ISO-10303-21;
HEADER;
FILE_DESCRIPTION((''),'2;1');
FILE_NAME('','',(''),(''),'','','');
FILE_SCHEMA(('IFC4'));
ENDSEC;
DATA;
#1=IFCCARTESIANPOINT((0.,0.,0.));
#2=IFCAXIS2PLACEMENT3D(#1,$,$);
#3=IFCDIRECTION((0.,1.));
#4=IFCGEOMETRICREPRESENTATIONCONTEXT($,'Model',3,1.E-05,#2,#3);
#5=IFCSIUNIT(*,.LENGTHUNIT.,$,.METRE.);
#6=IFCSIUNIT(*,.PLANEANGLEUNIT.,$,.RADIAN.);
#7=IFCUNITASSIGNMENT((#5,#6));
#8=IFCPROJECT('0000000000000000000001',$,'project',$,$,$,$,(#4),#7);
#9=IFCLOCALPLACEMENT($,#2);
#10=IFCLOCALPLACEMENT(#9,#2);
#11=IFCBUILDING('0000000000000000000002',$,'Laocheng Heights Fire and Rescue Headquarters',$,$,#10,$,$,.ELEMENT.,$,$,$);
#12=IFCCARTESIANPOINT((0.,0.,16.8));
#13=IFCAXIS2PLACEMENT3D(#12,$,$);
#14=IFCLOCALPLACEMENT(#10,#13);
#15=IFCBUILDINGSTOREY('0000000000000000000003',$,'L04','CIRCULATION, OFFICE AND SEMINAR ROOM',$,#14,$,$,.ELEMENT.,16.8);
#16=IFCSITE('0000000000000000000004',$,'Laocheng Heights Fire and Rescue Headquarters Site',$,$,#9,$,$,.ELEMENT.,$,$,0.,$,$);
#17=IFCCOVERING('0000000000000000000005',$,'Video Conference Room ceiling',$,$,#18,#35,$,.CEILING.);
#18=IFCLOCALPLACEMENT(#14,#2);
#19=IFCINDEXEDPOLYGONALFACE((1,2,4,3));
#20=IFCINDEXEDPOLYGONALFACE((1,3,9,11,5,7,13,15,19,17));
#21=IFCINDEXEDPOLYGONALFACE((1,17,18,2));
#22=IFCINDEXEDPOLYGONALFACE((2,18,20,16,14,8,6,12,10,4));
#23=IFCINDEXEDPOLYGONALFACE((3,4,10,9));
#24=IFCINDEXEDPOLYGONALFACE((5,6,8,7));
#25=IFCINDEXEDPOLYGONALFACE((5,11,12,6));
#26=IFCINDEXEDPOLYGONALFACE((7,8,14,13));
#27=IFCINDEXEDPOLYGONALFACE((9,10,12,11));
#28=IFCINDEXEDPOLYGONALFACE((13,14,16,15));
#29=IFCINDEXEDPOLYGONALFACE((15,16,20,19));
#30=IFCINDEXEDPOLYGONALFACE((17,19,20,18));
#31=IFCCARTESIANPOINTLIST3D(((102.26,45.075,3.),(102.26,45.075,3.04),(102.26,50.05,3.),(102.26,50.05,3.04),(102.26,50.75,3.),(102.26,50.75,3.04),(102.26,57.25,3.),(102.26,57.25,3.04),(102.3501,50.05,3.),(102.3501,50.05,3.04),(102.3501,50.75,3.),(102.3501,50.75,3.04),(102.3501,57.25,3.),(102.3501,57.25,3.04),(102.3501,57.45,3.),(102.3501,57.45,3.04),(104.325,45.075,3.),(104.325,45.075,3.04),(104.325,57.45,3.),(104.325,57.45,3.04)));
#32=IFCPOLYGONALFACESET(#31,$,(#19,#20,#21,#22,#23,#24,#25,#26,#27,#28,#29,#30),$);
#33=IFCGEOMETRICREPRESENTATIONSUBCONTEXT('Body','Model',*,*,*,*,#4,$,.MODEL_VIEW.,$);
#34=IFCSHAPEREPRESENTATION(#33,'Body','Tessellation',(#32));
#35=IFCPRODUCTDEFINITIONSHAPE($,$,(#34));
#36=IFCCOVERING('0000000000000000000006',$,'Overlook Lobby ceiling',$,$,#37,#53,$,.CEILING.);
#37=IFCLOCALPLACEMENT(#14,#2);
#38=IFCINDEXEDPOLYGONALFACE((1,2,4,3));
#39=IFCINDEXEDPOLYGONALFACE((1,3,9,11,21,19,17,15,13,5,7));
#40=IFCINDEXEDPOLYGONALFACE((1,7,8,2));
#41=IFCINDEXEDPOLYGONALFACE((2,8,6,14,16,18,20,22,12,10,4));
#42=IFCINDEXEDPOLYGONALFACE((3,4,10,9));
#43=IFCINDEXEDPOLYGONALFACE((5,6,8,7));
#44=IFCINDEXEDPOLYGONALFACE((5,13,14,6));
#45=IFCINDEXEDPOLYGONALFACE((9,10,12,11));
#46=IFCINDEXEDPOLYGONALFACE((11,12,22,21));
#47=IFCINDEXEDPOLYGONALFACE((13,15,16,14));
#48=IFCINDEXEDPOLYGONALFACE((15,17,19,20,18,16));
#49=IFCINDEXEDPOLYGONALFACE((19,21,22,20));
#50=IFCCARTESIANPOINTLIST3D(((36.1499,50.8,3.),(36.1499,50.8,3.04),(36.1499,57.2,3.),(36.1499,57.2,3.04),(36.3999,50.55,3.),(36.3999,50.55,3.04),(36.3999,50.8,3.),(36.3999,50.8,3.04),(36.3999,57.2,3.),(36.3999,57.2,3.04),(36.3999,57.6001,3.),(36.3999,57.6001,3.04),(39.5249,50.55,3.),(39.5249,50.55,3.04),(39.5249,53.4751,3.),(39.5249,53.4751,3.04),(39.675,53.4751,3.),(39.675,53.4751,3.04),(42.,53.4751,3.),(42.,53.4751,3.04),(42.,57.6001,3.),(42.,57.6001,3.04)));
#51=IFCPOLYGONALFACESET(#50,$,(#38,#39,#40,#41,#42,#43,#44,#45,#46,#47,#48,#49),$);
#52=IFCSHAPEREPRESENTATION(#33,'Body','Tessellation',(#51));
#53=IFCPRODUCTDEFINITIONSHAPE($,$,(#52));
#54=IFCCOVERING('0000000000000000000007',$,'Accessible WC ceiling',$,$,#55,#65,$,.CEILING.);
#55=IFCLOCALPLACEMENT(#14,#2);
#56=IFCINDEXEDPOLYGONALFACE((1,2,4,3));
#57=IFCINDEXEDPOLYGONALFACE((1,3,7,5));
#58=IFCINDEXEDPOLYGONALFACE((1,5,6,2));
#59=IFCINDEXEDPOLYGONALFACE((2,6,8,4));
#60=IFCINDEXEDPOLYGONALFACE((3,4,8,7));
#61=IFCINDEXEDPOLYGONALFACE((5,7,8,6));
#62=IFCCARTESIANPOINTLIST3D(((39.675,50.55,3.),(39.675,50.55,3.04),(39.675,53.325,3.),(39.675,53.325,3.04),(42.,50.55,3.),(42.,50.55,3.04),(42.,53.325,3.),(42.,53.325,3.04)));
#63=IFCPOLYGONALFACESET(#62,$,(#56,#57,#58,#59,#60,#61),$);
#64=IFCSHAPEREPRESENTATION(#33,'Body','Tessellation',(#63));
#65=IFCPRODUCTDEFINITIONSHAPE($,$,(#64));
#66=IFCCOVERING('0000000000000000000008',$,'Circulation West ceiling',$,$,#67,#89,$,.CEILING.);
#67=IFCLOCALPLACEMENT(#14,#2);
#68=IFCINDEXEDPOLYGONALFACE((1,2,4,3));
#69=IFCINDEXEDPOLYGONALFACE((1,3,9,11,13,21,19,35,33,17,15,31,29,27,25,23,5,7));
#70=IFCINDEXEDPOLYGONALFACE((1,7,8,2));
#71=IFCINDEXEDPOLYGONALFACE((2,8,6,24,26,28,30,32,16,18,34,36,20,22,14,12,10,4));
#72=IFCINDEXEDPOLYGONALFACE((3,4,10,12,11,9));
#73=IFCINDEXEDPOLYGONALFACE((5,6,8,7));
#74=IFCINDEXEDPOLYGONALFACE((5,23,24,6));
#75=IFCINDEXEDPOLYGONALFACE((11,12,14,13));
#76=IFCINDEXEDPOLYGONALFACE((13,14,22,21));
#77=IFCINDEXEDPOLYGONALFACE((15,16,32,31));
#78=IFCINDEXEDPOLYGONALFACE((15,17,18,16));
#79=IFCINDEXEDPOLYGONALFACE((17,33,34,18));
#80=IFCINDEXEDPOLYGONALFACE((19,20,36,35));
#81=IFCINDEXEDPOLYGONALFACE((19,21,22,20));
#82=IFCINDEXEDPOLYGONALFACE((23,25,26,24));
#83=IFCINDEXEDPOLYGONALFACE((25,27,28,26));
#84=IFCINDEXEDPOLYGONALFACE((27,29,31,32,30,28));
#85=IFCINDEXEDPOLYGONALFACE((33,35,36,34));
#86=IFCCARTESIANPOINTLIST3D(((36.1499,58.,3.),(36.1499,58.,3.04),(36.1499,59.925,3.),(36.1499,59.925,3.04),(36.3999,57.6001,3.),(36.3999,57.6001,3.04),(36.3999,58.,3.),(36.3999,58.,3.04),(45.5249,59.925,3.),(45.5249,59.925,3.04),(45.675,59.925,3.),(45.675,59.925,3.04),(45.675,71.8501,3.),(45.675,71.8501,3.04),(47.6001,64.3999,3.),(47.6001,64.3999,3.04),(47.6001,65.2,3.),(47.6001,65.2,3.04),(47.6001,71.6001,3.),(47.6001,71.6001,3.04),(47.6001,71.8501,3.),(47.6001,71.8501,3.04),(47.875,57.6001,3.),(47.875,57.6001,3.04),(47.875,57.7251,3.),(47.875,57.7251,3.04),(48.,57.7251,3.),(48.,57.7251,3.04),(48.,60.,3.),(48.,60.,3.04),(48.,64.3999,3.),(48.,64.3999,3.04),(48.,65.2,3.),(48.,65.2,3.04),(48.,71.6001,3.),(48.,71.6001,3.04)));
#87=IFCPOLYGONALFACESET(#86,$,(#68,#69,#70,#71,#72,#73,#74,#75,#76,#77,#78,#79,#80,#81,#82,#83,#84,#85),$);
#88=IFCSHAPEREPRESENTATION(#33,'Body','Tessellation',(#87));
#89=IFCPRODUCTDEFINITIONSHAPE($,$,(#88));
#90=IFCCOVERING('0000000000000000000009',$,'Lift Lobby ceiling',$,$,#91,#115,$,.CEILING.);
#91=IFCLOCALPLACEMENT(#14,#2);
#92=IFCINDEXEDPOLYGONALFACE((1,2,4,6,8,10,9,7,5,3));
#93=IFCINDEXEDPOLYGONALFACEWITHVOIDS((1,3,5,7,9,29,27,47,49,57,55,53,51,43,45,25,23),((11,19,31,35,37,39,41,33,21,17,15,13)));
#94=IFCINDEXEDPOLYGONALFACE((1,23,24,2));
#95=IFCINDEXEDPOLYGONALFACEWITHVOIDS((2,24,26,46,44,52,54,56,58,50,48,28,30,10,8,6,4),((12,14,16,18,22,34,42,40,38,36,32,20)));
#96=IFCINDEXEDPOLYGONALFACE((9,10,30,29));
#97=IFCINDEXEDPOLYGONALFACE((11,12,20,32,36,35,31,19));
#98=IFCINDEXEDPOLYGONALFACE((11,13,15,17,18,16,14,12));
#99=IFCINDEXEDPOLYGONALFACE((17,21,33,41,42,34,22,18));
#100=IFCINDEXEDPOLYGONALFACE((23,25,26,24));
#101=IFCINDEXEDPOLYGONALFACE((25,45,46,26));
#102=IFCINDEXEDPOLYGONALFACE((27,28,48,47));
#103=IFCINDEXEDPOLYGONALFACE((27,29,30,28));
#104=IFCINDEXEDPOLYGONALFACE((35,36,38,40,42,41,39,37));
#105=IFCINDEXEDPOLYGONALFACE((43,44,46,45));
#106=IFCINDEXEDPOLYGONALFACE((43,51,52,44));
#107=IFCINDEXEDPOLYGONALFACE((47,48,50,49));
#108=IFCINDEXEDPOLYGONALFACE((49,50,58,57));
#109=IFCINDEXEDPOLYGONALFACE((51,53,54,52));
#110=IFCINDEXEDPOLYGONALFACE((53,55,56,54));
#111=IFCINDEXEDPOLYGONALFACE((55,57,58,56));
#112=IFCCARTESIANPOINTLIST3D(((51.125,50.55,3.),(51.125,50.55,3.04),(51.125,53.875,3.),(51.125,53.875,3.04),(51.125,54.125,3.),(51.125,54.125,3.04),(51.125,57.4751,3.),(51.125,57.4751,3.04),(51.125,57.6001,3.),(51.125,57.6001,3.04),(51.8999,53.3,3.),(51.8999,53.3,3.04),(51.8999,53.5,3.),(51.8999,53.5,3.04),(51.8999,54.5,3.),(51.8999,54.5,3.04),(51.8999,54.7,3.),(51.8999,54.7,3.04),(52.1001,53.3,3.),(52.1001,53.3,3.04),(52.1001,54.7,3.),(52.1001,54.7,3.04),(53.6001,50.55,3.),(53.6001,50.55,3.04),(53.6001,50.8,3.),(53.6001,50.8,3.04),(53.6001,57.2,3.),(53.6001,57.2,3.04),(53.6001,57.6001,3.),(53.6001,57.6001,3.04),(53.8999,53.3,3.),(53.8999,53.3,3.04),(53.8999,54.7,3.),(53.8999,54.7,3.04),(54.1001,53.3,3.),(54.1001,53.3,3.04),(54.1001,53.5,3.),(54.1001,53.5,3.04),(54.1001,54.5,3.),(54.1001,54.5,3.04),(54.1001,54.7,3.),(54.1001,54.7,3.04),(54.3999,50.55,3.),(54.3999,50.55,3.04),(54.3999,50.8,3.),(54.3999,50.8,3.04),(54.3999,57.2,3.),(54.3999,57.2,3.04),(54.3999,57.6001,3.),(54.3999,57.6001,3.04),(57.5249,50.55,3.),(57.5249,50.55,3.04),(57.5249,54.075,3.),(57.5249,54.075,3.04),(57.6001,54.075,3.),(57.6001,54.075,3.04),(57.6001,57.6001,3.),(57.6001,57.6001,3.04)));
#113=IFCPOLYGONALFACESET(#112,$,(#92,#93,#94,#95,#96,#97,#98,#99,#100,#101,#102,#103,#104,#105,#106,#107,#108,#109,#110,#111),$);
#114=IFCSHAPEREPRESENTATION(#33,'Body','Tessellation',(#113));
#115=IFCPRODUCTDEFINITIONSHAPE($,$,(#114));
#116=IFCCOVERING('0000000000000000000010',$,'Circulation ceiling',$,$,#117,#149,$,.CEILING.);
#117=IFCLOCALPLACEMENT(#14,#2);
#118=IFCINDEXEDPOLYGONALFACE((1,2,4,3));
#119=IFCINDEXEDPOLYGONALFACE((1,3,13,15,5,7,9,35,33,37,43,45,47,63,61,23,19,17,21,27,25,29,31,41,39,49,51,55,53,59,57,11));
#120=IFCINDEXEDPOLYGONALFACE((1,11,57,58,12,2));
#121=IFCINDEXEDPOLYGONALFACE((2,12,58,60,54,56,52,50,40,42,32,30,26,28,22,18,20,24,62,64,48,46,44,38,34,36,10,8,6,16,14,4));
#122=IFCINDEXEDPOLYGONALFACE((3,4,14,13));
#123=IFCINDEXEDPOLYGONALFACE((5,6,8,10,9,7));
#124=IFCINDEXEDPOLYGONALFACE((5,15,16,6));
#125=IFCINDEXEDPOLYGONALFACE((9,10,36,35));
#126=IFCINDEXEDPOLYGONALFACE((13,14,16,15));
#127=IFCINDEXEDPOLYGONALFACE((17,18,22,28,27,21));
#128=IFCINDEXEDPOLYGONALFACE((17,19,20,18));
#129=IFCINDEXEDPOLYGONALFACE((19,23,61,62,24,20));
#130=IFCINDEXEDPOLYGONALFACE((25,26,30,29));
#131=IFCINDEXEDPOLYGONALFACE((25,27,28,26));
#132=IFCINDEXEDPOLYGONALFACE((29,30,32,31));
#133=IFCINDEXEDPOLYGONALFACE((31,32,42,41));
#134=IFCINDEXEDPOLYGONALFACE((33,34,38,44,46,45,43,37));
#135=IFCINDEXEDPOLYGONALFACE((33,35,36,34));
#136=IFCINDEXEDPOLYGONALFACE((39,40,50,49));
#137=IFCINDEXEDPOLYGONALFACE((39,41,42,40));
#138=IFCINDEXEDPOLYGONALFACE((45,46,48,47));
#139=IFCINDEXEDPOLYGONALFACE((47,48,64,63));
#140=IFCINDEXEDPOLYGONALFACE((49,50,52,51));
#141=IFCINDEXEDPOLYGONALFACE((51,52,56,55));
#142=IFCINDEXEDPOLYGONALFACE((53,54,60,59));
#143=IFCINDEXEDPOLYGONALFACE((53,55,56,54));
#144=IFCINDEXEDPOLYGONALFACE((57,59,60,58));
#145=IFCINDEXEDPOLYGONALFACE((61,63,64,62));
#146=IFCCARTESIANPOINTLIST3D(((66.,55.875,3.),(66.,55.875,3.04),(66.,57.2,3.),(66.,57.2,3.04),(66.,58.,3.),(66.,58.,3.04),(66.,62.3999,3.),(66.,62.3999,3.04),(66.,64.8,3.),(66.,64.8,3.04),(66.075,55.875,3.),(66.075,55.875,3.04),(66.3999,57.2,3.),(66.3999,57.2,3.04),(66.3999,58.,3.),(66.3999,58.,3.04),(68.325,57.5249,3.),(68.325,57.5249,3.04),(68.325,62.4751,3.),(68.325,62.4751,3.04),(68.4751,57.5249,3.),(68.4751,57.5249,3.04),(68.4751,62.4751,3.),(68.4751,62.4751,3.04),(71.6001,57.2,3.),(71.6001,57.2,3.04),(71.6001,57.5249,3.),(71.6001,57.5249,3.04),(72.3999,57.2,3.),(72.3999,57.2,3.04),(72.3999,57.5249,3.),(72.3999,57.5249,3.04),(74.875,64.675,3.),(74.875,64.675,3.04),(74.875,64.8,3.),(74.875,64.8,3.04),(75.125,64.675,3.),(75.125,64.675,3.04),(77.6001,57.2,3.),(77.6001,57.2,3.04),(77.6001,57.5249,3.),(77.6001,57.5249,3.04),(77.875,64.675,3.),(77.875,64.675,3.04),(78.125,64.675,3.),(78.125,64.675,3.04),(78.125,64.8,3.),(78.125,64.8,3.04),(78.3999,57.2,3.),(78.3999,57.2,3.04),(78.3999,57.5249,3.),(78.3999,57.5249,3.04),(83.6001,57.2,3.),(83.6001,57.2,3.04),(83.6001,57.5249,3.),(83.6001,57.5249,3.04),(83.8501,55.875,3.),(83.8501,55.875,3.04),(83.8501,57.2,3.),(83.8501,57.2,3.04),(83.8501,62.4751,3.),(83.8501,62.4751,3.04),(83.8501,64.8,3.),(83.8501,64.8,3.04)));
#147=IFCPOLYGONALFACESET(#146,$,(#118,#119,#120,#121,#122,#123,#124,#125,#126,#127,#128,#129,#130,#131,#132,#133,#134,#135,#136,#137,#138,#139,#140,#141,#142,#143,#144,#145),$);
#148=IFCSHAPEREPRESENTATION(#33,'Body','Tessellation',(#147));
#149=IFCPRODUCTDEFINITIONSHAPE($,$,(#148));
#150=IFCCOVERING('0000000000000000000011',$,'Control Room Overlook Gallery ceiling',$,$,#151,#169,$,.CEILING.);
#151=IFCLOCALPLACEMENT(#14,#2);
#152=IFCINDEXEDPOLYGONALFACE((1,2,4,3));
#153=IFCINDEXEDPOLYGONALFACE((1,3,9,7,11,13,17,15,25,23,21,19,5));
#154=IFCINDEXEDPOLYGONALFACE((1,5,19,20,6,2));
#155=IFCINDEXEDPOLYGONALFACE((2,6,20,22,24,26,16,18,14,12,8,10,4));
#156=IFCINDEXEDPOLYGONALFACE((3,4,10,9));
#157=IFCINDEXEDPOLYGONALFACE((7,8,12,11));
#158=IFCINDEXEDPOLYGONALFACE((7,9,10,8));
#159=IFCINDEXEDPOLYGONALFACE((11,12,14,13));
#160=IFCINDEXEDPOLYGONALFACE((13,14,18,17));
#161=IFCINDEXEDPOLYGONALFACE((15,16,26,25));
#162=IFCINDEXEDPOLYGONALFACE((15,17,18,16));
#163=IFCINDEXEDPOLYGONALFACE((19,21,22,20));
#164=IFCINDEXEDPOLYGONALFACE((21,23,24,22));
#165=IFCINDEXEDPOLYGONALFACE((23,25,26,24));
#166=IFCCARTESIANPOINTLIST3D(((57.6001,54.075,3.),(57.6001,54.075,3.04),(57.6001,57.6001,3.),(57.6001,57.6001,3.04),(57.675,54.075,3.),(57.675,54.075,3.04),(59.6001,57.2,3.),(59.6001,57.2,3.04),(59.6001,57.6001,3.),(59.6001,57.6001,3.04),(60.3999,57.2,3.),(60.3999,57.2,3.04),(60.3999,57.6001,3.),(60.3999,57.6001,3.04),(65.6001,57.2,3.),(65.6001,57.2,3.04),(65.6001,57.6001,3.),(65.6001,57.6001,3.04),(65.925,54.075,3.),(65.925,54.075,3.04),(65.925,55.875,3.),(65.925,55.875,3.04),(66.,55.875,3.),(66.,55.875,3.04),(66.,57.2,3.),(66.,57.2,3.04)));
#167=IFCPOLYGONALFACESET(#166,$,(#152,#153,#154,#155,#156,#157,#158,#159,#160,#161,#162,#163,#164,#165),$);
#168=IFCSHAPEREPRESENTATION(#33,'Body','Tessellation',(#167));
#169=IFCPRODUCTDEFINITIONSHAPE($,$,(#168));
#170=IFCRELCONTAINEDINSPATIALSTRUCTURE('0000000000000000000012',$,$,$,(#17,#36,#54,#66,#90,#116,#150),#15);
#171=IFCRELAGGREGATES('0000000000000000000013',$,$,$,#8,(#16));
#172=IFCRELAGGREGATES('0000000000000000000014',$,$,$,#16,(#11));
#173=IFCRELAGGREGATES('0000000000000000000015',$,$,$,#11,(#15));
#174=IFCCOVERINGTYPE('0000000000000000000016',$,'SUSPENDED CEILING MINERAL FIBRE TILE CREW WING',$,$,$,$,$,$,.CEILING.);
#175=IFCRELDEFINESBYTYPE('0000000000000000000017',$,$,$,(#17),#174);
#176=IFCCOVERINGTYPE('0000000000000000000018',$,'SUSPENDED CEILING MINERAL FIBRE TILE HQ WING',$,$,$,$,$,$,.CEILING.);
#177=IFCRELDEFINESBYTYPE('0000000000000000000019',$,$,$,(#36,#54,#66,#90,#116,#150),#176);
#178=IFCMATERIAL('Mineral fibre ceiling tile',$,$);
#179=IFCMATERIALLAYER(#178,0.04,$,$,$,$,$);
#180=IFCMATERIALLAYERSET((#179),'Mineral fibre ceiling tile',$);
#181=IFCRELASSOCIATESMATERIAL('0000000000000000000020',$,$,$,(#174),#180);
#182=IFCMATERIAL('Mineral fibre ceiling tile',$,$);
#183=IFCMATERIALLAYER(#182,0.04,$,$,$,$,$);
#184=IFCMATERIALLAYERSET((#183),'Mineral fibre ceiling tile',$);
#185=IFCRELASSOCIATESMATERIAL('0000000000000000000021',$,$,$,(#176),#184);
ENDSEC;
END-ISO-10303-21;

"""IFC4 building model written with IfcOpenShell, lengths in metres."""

from ifc_helpers import new_model, si_unit, direction, frame, origin, place, context, subcontext, project, spatial, polyline, outline, extrude, material, layer, layer_set, type_object, element, save


model = new_model("IFC4")

# Units and contexts
model_context = context("Model", 3, precision=1e-05, world=origin(), true_north=direction((0.0, 1.0)))
body_context = subcontext(model_context, "Body", "Model", "MODEL_VIEW")
ifc_project = project(units=[si_unit("LENGTHUNIT", "METRE"), si_unit("PLANEANGLEUNIT", "RADIAN")], contexts=[model_context])

# Site, building, storey
site_placement = place(None, origin())
site = spatial("IfcSite", under=ifc_project, at=site_placement, Name="Laocheng Heights Fire and Rescue Headquarters Site", CompositionType="ELEMENT", RefElevation=0.0)
building_placement = place(site_placement, origin())
building = spatial("IfcBuilding", under=site, at=building_placement, Name="Laocheng Heights Fire and Rescue Headquarters", CompositionType="ELEMENT")
storey_placement = place(building_placement, frame((0.0, 0.0, 16.8)))
storey = spatial("IfcBuildingStorey", under=building, at=storey_placement, Name="L04", Description="CIRCULATION, OFFICE AND SEMINAR ROOM", CompositionType="ELEMENT", Elevation=16.8)

# Coverings
ifc_material_1 = material(Name="Mineral fibre ceiling tile")
ifc_layer_1 = layer(ifc_material_1, 0.04)
ifc_layer_set_1 = layer_set([ifc_layer_1], Name="Mineral fibre ceiling tile")
covering_type_1 = type_object("IfcCoveringType", Name="SUSPENDED CEILING MINERAL FIBRE TILE CREW WING", PredefinedType="CEILING", material=ifc_layer_set_1)
covering_1_placement = place(storey_placement, frame((0.0, 0.0, 3.0)))
element("IfcCovering", 1, at=covering_1_placement, inside=storey, type_object=covering_type_1, Name="Video Conference Room ceiling", PredefinedType="CEILING", context=body_context, shape_type="SweptSolid", body=[
    extrude(outline(polyline([(104.325, 45.075), (102.26, 45.075), (102.26, 50.05), (102.3501, 50.05), (102.3501, 50.75), (102.26, 50.75), (102.26, 57.25), (102.3501, 57.25), (102.3501, 57.45), (104.325, 57.45), (104.325, 45.075)])), origin(), (0.0, 0.0, 1.0), 0.04),
])
ifc_material_2 = material(Name="Mineral fibre ceiling tile")
ifc_layer_2 = layer(ifc_material_2, 0.04)
ifc_layer_set_2 = layer_set([ifc_layer_2], Name="Mineral fibre ceiling tile")
covering_type_2 = type_object("IfcCoveringType", Name="SUSPENDED CEILING MINERAL FIBRE TILE HQ WING", PredefinedType="CEILING", material=ifc_layer_set_2)
covering_2_placement = place(storey_placement, frame((0.0, 0.0, 3.0)))
element("IfcCovering", 2, at=covering_2_placement, inside=storey, type_object=covering_type_2, Name="Overlook Lobby ceiling", PredefinedType="CEILING", context=body_context, shape_type="SweptSolid", body=[
    extrude(outline(polyline([(42.0, 53.4751), (39.675, 53.4751), (39.5249, 53.4751), (39.5249, 50.55), (36.3999, 50.55), (36.3999, 50.8), (36.1499, 50.8), (36.1499, 57.2), (36.3999, 57.2), (36.3999, 57.6001), (42.0, 57.6001), (42.0, 53.4751)])), origin(), (0.0, 0.0, 1.0), 0.04),
])
covering_3_placement = place(storey_placement, frame((0.0, 0.0, 3.0)))
element("IfcCovering", 3, at=covering_3_placement, inside=storey, type_object=covering_type_2, Name="Accessible WC ceiling", PredefinedType="CEILING", context=body_context, shape_type="SweptSolid", body=[
    extrude(outline(polyline([(39.675, 50.55), (39.675, 53.325), (42.0, 53.325), (42.0, 50.55), (39.675, 50.55)])), origin(), (0.0, 0.0, 1.0), 0.04),
])
covering_4_placement = place(storey_placement, frame((0.0, 0.0, 3.0)))
element("IfcCovering", 4, at=covering_4_placement, inside=storey, type_object=covering_type_2, Name="Circulation West ceiling", PredefinedType="CEILING", context=body_context, shape_type="SweptSolid", body=[
    extrude(outline(polyline([(36.1499, 59.925), (45.5249, 59.925), (45.675, 59.925), (45.675, 71.8501), (47.6001, 71.8501), (47.6001, 71.6001), (48.0, 71.6001), (48.0, 65.2), (47.6001, 65.2), (47.6001, 64.3999), (48.0, 64.3999), (48.0, 60.0), (48.0, 57.7251), (47.875, 57.7251), (47.875, 57.6001), (36.3999, 57.6001), (36.3999, 58.0), (36.1499, 58.0), (36.1499, 59.925)])), origin(), (0.0, 0.0, 1.0), 0.04),
])
covering_5_placement = place(storey_placement, frame((0.0, 0.0, 3.0)))
element("IfcCovering", 5, at=covering_5_placement, inside=storey, type_object=covering_type_2, Name="Lift Lobby ceiling", PredefinedType="CEILING", context=body_context, shape_type="SweptSolid", body=[
    extrude(outline(polyline([(57.6001, 54.075), (57.5249, 54.075), (57.5249, 50.55), (54.3999, 50.55), (54.3999, 50.8), (53.6001, 50.8), (53.6001, 50.55), (51.125, 50.55), (51.125, 53.875), (51.125, 54.125), (51.125, 57.4751), (51.125, 57.6001), (53.6001, 57.6001), (53.6001, 57.2), (54.3999, 57.2), (54.3999, 57.6001), (57.6001, 57.6001), (57.6001, 54.075)]), holes=[polyline([(53.8999, 53.3), (54.1001, 53.3), (54.1001, 53.5), (54.1001, 54.5), (54.1001, 54.7), (53.8999, 54.7), (52.1001, 54.7), (51.8999, 54.7), (51.8999, 54.5), (51.8999, 53.5), (51.8999, 53.3), (52.1001, 53.3), (53.8999, 53.3)])]), origin(), (0.0, 0.0, 1.0), 0.04),
])
covering_6_placement = place(storey_placement, frame((0.0, 0.0, 3.0)))
element("IfcCovering", 6, at=covering_6_placement, inside=storey, type_object=covering_type_2, Name="Circulation ceiling", PredefinedType="CEILING", context=body_context, shape_type="SweptSolid", body=[
    extrude(outline(polyline([(66.0, 62.3999), (66.0, 64.8), (74.875, 64.8), (74.875, 64.675), (75.125, 64.675), (77.875, 64.675), (78.125, 64.675), (78.125, 64.8), (83.8501, 64.8), (83.8501, 62.4751), (68.4751, 62.4751), (68.325, 62.4751), (68.325, 57.5249), (68.4751, 57.5249), (71.6001, 57.5249), (71.6001, 57.2), (72.3999, 57.2), (72.3999, 57.5249), (77.6001, 57.5249), (77.6001, 57.2), (78.3999, 57.2), (78.3999, 57.5249), (83.6001, 57.5249), (83.6001, 57.2), (83.8501, 57.2), (83.8501, 55.875), (66.075, 55.875), (66.0, 55.875), (66.0, 57.2), (66.3999, 57.2), (66.3999, 58.0), (66.0, 58.0), (66.0, 62.3999)])), origin(), (0.0, 0.0, 1.0), 0.04),
])
covering_7_placement = place(storey_placement, frame((0.0, 0.0, 3.0)))
element("IfcCovering", 7, at=covering_7_placement, inside=storey, type_object=covering_type_2, Name="Control Room Overlook Gallery ceiling", PredefinedType="CEILING", context=body_context, shape_type="SweptSolid", body=[
    extrude(outline(polyline([(59.6001, 57.6001), (59.6001, 57.2), (60.3999, 57.2), (60.3999, 57.6001), (65.6001, 57.6001), (65.6001, 57.2), (66.0, 57.2), (66.0, 55.875), (65.925, 55.875), (65.925, 54.075), (57.675, 54.075), (57.6001, 54.075), (57.6001, 57.6001), (59.6001, 57.6001)])), origin(), (0.0, 0.0, 1.0), 0.04),
])

save(model, "model.ifc")
